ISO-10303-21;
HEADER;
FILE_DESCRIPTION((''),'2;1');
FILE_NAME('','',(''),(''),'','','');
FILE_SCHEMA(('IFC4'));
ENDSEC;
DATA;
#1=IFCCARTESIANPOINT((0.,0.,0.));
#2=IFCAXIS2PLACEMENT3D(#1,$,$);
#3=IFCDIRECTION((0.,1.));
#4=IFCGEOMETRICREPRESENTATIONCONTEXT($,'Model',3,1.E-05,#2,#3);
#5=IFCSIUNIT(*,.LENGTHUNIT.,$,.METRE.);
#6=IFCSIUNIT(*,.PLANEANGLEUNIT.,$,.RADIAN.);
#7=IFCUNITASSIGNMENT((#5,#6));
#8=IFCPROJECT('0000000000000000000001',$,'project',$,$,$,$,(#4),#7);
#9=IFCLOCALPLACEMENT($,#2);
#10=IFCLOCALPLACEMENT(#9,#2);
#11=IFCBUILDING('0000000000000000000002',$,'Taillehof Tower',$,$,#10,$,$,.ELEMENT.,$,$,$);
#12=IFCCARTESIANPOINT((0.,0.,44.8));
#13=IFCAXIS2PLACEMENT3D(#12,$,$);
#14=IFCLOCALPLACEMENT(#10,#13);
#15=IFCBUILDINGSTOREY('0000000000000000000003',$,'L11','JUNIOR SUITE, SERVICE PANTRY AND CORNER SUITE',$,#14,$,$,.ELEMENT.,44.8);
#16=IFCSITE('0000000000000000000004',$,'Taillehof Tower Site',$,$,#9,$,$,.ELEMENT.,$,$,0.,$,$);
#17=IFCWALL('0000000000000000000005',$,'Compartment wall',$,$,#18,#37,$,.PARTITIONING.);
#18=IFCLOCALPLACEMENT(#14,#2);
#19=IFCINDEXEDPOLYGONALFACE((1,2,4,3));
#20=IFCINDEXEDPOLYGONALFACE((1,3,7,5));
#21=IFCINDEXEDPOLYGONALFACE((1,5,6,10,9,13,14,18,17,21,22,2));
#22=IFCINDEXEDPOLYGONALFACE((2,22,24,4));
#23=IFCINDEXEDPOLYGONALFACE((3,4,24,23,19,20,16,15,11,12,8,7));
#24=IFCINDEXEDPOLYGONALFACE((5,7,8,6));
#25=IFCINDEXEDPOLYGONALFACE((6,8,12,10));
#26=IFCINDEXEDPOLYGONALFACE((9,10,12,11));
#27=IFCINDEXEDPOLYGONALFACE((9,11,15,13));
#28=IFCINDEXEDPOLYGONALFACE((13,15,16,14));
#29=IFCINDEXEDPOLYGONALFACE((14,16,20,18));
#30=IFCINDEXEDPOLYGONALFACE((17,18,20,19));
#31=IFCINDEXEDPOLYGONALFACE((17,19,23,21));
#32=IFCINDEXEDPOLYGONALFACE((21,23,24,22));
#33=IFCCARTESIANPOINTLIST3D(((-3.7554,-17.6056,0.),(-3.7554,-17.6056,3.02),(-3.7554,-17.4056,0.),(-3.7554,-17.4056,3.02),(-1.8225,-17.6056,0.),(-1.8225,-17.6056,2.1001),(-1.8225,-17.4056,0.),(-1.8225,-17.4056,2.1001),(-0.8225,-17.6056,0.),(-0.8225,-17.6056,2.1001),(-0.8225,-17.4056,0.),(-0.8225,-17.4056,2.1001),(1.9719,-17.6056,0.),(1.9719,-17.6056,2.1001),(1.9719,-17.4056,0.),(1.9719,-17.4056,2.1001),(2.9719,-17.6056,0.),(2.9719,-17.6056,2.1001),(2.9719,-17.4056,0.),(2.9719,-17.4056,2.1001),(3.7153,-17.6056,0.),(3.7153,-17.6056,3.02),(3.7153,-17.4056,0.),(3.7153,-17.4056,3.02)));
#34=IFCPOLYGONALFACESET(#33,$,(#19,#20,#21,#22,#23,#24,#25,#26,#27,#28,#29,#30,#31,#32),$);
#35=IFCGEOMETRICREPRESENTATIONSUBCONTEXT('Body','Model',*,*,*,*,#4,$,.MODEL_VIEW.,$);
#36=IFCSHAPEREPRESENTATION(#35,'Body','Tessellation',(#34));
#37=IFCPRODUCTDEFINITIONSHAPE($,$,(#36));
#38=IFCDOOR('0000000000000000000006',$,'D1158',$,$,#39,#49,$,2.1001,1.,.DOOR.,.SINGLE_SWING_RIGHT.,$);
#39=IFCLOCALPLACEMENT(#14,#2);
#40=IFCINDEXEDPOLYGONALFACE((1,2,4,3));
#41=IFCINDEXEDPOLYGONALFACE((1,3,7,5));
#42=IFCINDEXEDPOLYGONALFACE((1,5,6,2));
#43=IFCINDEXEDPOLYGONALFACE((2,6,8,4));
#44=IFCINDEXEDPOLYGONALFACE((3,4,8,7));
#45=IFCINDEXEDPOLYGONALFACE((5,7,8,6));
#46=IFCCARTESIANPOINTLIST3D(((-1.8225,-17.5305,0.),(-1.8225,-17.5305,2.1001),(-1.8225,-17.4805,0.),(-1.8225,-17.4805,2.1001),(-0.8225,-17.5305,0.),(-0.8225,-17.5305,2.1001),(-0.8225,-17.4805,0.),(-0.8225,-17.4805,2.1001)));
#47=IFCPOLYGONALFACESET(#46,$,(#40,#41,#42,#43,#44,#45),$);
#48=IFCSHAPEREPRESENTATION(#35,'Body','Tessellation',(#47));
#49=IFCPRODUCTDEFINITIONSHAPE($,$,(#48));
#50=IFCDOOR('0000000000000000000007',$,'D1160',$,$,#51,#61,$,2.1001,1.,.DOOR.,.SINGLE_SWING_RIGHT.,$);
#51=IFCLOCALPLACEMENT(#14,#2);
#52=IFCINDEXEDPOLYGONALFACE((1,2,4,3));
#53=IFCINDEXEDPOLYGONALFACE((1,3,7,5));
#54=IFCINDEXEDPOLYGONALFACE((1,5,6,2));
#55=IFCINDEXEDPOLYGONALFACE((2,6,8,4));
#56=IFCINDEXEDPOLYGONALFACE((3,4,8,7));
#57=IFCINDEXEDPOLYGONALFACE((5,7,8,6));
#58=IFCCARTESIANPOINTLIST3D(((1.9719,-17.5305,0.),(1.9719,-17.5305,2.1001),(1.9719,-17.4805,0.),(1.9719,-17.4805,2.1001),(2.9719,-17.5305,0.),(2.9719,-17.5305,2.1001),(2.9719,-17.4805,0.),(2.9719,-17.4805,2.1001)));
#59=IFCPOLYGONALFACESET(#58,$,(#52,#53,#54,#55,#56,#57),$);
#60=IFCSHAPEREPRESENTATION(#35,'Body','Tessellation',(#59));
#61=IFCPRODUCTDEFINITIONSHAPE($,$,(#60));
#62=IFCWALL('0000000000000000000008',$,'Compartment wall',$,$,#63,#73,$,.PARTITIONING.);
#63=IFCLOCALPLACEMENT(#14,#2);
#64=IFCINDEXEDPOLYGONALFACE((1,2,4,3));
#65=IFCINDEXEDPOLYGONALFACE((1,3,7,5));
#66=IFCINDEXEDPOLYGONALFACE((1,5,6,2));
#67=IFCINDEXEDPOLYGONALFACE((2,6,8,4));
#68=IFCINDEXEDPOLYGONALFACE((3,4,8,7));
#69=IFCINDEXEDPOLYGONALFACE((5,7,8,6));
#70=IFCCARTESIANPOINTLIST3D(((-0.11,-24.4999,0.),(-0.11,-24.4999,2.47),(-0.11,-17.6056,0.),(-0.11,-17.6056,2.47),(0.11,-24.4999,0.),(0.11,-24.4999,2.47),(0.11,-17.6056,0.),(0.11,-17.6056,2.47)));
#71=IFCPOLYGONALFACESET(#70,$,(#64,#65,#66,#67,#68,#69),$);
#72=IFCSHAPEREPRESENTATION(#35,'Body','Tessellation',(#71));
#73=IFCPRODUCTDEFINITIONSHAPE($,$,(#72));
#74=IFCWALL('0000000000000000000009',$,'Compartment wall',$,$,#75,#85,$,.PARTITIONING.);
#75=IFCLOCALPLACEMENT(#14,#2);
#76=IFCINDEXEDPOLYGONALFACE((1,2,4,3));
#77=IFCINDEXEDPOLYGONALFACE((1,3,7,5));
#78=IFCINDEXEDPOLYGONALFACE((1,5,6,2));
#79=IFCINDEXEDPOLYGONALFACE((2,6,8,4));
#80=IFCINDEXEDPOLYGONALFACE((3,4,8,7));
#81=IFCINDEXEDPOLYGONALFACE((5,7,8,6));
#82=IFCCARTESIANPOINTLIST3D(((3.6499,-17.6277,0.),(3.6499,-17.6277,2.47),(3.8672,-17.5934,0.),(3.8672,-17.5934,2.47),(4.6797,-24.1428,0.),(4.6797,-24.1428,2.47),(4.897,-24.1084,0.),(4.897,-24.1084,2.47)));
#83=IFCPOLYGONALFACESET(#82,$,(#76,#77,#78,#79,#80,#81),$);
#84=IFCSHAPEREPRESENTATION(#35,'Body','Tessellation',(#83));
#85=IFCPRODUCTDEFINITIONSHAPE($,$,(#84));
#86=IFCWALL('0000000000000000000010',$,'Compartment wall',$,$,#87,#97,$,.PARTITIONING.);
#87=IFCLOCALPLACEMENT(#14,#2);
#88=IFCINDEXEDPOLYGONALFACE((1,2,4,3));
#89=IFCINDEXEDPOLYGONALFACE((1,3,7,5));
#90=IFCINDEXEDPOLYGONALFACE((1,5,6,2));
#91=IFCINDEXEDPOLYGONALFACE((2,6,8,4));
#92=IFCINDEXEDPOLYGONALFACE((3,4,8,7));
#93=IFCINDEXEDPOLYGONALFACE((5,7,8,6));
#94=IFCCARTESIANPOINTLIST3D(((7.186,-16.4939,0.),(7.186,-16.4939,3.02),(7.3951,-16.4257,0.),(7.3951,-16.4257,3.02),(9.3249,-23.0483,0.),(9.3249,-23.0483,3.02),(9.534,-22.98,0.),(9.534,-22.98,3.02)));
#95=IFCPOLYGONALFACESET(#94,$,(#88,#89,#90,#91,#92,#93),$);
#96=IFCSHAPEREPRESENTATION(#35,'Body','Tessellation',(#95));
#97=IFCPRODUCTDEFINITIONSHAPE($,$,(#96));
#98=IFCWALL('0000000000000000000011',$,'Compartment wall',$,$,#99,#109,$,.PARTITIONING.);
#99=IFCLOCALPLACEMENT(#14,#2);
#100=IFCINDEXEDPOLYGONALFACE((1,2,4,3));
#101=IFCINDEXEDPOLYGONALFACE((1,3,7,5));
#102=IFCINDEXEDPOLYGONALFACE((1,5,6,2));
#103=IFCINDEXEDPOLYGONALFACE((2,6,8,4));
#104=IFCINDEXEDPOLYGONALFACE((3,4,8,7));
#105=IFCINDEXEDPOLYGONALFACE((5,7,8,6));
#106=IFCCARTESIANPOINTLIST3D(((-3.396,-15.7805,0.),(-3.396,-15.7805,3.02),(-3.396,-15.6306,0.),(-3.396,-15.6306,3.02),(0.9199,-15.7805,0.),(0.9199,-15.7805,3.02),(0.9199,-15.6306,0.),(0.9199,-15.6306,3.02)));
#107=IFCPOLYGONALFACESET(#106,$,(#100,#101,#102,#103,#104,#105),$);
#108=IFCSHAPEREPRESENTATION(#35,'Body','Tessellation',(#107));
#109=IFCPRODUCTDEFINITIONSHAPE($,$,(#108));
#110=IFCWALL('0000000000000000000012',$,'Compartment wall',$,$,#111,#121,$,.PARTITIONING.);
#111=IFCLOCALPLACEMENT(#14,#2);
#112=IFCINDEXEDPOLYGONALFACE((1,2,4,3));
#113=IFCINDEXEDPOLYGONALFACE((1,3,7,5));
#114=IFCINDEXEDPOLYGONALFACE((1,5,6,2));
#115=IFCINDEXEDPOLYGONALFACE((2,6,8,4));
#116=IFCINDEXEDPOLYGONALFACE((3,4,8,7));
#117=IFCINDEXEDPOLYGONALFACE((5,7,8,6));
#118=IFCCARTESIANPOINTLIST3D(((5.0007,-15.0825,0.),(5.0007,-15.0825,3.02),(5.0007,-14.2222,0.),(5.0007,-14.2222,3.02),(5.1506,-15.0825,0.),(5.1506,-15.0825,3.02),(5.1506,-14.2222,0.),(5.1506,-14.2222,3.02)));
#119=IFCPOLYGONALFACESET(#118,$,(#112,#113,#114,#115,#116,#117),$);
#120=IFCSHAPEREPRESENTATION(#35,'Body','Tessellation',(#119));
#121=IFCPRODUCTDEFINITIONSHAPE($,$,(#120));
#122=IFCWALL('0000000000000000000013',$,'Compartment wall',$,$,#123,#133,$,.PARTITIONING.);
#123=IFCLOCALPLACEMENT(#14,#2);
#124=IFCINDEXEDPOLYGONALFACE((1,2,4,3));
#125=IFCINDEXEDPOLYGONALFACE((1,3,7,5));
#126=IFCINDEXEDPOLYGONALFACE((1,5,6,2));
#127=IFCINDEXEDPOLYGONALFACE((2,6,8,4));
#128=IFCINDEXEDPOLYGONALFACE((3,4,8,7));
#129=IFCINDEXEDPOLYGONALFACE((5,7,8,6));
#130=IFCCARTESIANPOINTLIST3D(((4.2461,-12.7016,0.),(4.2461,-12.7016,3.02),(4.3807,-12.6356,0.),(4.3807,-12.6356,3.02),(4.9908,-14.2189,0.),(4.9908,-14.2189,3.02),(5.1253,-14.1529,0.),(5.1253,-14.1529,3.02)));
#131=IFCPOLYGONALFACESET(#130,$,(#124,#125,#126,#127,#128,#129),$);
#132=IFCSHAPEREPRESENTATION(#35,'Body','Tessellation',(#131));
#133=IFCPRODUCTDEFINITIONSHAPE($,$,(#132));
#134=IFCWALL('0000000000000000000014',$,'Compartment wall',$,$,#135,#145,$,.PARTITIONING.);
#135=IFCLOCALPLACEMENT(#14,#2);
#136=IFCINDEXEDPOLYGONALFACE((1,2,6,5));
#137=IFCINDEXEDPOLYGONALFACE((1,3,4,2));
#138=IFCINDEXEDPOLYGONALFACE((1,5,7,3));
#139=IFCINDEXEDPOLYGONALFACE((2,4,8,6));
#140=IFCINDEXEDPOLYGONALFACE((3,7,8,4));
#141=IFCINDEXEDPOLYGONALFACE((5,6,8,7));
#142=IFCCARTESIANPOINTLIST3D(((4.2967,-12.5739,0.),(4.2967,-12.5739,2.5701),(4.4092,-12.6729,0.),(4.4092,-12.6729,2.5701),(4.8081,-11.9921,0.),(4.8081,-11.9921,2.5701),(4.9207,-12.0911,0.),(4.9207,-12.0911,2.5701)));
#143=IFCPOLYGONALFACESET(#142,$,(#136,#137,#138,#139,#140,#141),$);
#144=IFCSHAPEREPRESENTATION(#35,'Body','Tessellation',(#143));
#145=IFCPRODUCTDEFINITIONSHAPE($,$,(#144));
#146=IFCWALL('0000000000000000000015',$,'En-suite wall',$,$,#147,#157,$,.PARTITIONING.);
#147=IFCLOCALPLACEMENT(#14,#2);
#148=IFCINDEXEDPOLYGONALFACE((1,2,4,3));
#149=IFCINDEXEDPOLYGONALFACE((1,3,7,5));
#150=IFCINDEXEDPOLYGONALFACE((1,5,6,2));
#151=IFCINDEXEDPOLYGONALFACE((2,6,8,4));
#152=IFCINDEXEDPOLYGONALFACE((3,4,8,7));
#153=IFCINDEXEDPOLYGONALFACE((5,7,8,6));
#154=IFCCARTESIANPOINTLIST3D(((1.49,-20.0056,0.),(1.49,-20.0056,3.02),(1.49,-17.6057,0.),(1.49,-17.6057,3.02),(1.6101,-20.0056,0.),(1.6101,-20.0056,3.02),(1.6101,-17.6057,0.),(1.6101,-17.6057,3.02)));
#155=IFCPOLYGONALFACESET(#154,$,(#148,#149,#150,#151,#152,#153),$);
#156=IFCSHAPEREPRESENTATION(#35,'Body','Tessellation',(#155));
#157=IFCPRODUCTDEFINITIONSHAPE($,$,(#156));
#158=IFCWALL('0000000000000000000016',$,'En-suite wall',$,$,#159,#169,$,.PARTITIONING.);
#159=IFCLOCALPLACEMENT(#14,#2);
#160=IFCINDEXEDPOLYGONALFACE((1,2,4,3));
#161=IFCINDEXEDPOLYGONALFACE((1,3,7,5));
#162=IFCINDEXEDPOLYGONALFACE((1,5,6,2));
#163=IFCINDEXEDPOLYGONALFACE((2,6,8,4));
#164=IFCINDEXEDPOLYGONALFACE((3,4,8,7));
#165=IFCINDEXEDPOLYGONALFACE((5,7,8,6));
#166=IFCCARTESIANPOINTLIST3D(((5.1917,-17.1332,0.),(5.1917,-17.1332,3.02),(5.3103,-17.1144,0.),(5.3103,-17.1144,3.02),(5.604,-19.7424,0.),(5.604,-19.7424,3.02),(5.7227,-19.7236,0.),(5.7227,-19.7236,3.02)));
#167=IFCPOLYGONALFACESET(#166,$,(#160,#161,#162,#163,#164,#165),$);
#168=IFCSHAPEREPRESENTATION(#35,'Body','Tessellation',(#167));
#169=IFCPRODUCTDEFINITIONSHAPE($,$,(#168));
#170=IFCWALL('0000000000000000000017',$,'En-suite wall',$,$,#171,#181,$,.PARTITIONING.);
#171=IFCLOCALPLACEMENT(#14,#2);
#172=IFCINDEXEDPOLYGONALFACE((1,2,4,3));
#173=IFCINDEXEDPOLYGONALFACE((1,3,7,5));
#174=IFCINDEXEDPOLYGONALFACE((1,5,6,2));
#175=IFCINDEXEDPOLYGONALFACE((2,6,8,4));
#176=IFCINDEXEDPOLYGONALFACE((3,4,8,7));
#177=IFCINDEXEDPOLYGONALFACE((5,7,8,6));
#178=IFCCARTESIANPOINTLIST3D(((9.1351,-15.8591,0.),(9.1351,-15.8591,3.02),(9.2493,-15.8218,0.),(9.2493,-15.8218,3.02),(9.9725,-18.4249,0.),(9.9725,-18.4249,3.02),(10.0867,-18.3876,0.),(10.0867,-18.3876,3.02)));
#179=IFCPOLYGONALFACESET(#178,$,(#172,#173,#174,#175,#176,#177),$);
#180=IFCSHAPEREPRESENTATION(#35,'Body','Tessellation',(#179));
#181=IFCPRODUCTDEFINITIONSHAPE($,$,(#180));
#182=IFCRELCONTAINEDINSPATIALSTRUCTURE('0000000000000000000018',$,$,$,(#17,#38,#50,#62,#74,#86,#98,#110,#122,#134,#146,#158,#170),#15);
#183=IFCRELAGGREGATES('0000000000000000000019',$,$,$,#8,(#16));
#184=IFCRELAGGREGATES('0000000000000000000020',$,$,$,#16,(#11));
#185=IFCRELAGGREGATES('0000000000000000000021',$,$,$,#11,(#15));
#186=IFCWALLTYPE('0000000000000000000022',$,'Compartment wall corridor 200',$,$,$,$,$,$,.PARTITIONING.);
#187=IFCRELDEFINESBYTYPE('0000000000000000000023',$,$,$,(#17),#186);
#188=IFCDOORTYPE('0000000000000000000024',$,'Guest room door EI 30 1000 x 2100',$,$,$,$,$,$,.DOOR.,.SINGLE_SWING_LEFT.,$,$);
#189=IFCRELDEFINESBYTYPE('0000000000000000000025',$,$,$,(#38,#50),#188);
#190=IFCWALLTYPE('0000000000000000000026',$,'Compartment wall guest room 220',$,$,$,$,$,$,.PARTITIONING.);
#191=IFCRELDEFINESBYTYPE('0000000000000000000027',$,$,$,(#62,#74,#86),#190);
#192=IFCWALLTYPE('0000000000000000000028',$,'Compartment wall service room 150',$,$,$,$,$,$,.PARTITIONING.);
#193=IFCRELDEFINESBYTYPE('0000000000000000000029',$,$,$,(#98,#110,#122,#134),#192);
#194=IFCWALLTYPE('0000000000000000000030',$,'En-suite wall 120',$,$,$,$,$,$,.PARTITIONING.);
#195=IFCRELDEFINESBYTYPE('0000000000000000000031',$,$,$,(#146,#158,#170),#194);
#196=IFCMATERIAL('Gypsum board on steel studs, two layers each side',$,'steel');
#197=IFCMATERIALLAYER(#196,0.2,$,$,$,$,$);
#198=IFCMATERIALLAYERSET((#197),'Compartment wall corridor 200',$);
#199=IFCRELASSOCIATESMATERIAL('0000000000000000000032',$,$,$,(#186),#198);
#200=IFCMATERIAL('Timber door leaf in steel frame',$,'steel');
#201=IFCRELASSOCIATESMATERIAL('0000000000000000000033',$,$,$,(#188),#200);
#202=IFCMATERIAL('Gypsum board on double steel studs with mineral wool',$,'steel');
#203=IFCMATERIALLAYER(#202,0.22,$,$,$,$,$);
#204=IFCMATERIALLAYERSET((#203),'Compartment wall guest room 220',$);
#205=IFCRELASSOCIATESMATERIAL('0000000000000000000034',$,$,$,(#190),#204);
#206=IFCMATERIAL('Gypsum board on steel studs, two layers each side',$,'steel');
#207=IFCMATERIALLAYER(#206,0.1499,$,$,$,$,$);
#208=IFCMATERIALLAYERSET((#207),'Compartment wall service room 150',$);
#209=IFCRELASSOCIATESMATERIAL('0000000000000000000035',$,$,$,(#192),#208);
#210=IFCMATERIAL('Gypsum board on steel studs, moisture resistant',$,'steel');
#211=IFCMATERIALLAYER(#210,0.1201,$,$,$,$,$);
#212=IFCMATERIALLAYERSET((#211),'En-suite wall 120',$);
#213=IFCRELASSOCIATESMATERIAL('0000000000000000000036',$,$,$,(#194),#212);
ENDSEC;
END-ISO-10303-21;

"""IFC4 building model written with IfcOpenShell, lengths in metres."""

from ifc_helpers import new_model, si_unit, direction, frame, frame_2d, origin, place, context, subcontext, project, spatial, rectangle, extrude, material, layer, layer_set, type_object, element, fill, save


model = new_model("IFC4")

# Units and contexts
model_context = context("Model", 3, precision=1e-05, world=origin(), true_north=direction((0.0, 1.0)))
body_context = subcontext(model_context, "Body", "Model", "MODEL_VIEW")
ifc_project = project(units=[si_unit("LENGTHUNIT", "METRE"), si_unit("PLANEANGLEUNIT", "RADIAN")], contexts=[model_context])

# Site, building, storey
site_placement = place(None, origin())
site = spatial("IfcSite", under=ifc_project, at=site_placement, Name="Taillehof Tower Site", CompositionType="ELEMENT", RefElevation=0.0)
building_placement = place(site_placement, origin())
building = spatial("IfcBuilding", under=site, at=building_placement, Name="Taillehof Tower", CompositionType="ELEMENT")
storey_placement = place(building_placement, frame((0.0, 0.0, 44.8)))
storey = spatial("IfcBuildingStorey", under=building, at=storey_placement, Name="L11", Description="JUNIOR SUITE, SERVICE PANTRY AND CORNER SUITE", CompositionType="ELEMENT", Elevation=44.8)

# Wall, openings, doors
ifc_material_1 = material(Name="Gypsum board on steel studs, two layers each side", Category="steel")
ifc_layer_1 = layer(ifc_material_1, 0.2)
ifc_layer_set_1 = layer_set([ifc_layer_1], Name="Compartment wall corridor 200")
wall_type_1 = type_object("IfcWallType", Name="Compartment wall corridor 200", PredefinedType="PARTITIONING", material=ifc_layer_set_1)
wall_1_placement = place(storey_placement, frame((3.7153, -17.5056, 0.0), z_axis=(0.0, 0.0, 1.0), x_axis=(-1.0, 0.0, 0.0)))
wall_1 = element("IfcWall", 1, at=wall_1_placement, inside=storey, type_object=wall_type_1, Name="Compartment wall", PredefinedType="PARTITIONING", context=body_context, shape_type="SweptSolid", body=[
    extrude(rectangle(XDim=7.4707, YDim=0.2, at=frame_2d((3.7354, 0.0))), origin(), (0.0, 0.0, 1.0), 3.02),
])
opening_1_placement = place(wall_1_placement, frame((4.5378, 0.0, 0.0)))
opening_1 = element("IfcOpeningElement", 2, at=opening_1_placement, cuts=wall_1, PredefinedType="OPENING", context=body_context, shape_type="SweptSolid", body=[
    extrude(rectangle(XDim=1.0, YDim=2.1001, at=frame_2d((0.5, 1.05))), frame((0.0, 0.1099, 0.0), z_axis=(0.0, -1.0, 0.0), x_axis=(1.0, 0.0, 0.0)), (0.0, 0.0, 1.0), 0.22),
])
opening_2_placement = place(wall_1_placement, frame((0.7434, 0.0, 0.0)))
opening_2 = element("IfcOpeningElement", 3, at=opening_2_placement, cuts=wall_1, PredefinedType="OPENING", context=body_context, shape_type="SweptSolid", body=[
    extrude(rectangle(XDim=1.0, YDim=2.1001, at=frame_2d((0.5, 1.05))), frame((0.0, 0.1099, 0.0), z_axis=(0.0, -1.0, 0.0), x_axis=(1.0, 0.0, 0.0)), (0.0, 0.0, 1.0), 0.22),
])
ifc_material_2 = material(Name="Timber door leaf in steel frame", Category="steel")
door_type_1 = type_object("IfcDoorType", Name="Guest room door EI 30 1000 x 2100", OperationType="SINGLE_SWING_LEFT", PredefinedType="DOOR", material=ifc_material_2)
door_1_placement = place(opening_1_placement, origin())
door_1 = element("IfcDoor", 4, at=door_1_placement, inside=storey, type_object=door_type_1, Name="D1158", OperationType="SINGLE_SWING_RIGHT", OverallHeight=2.1001, OverallWidth=1.0, PredefinedType="DOOR", context=body_context, shape_type="SweptSolid", body=[
    extrude(rectangle(XDim=1.0, YDim=2.1001, at=frame_2d((0.5, 1.05))), frame((0.0, 0.0249, 0.0), z_axis=(0.0, -1.0, 0.0), x_axis=(1.0, 0.0, 0.0)), (0.0, 0.0, 1.0), 0.05),
])
fill(opening_1, door_1)
door_2_placement = place(opening_2_placement, origin())
door_2 = element("IfcDoor", 5, at=door_2_placement, inside=storey, type_object=door_type_1, Name="D1160", OperationType="SINGLE_SWING_RIGHT", OverallHeight=2.1001, OverallWidth=1.0, PredefinedType="DOOR", context=body_context, shape_type="SweptSolid", body=[
    extrude(rectangle(XDim=1.0, YDim=2.1001, at=frame_2d((0.5, 1.05))), frame((0.0, 0.0249, 0.0), z_axis=(0.0, -1.0, 0.0), x_axis=(1.0, 0.0, 0.0)), (0.0, 0.0, 1.0), 0.05),
])
fill(opening_2, door_2)

# Walls
ifc_material_3 = material(Name="Gypsum board on double steel studs with mineral wool", Category="steel")
ifc_layer_2 = layer(ifc_material_3, 0.22)
ifc_layer_set_2 = layer_set([ifc_layer_2], Name="Compartment wall guest room 220")
wall_type_2 = type_object("IfcWallType", Name="Compartment wall guest room 220", PredefinedType="PARTITIONING", material=ifc_layer_set_2)
wall_2_placement = place(storey_placement, frame((0.0, -24.5, 0.0), z_axis=(0.0, 0.0, 1.0), x_axis=(0.0, 1.0, 0.0)))
element("IfcWall", 6, at=wall_2_placement, inside=storey, type_object=wall_type_2, Name="Compartment wall", PredefinedType="PARTITIONING", context=body_context, shape_type="SweptSolid", body=[
    extrude(rectangle(XDim=6.8943, YDim=0.22, at=frame_2d((3.4473, 0.0))), origin(), (0.0, 0.0, 1.0), 2.47),
])
wall_3_placement = place(storey_placement, frame((4.7883, -24.1255, 0.0), z_axis=(0.0, 0.0, 1.0), x_axis=(-0.156122, 0.987738, 0.0)))
element("IfcWall", 7, at=wall_3_placement, inside=storey, type_object=wall_type_2, Name="Compartment wall", PredefinedType="PARTITIONING", context=body_context, shape_type="SweptSolid", body=[
    extrude(rectangle(XDim=6.5959, YDim=0.22, at=frame_2d((3.2979, 0.0))), origin(), (0.0, 0.0, 1.0), 2.47),
])
wall_4_placement = place(storey_placement, frame((9.4294, -23.0142, 0.0), z_axis=(0.0, 0.0, 1.0), x_axis=(-0.31023, 0.950662, 0.0)))
element("IfcWall", 8, at=wall_4_placement, inside=storey, type_object=wall_type_2, Name="Compartment wall", PredefinedType="PARTITIONING", context=body_context, shape_type="SweptSolid", body=[
    extrude(rectangle(XDim=6.8945, YDim=0.22, at=frame_2d((3.4473, 0.0))), origin(), (0.0, 0.0, 1.0), 3.02),
])
ifc_material_4 = material(Name="Gypsum board on steel studs, two layers each side", Category="steel")
ifc_layer_3 = layer(ifc_material_4, 0.1499)
ifc_layer_set_3 = layer_set([ifc_layer_3], Name="Compartment wall service room 150")
wall_type_3 = type_object("IfcWallType", Name="Compartment wall service room 150", PredefinedType="PARTITIONING", material=ifc_layer_set_3)
wall_5_placement = place(storey_placement, frame((0.9199, -15.7056, 0.0), z_axis=(0.0, 0.0, 1.0), x_axis=(-1.0, 0.0, 0.0)))
element("IfcWall", 9, at=wall_5_placement, inside=storey, type_object=wall_type_3, Name="Compartment wall", PredefinedType="PARTITIONING", context=body_context, shape_type="SweptSolid", body=[
    extrude(rectangle(XDim=4.3159, YDim=0.1499, at=frame_2d((2.158, 0.0))), origin(), (0.0, 0.0, 1.0), 3.02),
])
wall_6_placement = place(storey_placement, frame((5.0757, -15.0825, 0.0), z_axis=(0.0, 0.0, 1.0), x_axis=(0.0, 1.0, 0.0)))
element("IfcWall", 10, at=wall_6_placement, inside=storey, type_object=wall_type_3, Name="Compartment wall", PredefinedType="PARTITIONING", context=body_context, shape_type="SweptSolid", body=[
    extrude(rectangle(XDim=0.8604, YDim=0.1499, at=frame_2d((0.4302, 0.0))), origin(), (0.0, 0.0, 1.0), 3.02),
])
wall_7_placement = place(storey_placement, frame((5.0581, -14.186, 0.0), z_axis=(0.0, 0.0, 1.0), x_axis=(-0.440557, 0.897725, 0.0)))
element("IfcWall", 11, at=wall_7_placement, inside=storey, type_object=wall_type_3, Name="Compartment wall", PredefinedType="PARTITIONING", context=body_context, shape_type="SweptSolid", body=[
    extrude(rectangle(XDim=1.6902, YDim=0.1499, at=frame_2d((0.8452, 0.0))), origin(), (0.0, 0.0, 1.0), 3.02),
])
wall_8_placement = place(storey_placement, frame((4.353, -12.6233, 0.0), z_axis=(0.0, 0.0, 1.0), x_axis=(0.660265, 0.751032, 0.0)))
element("IfcWall", 12, at=wall_8_placement, inside=storey, type_object=wall_type_3, Name="Compartment wall", PredefinedType="PARTITIONING", context=body_context, shape_type="SweptSolid", body=[
    extrude(rectangle(XDim=0.7747, YDim=0.1499, at=frame_2d((0.3872, 0.0))), origin(), (0.0, 0.0, 1.0), 2.5701),
])
ifc_material_5 = material(Name="Gypsum board on steel studs, moisture resistant", Category="steel")
ifc_layer_4 = layer(ifc_material_5, 0.1201)
ifc_layer_set_4 = layer_set([ifc_layer_4], Name="En-suite wall 120")
wall_type_4 = type_object("IfcWallType", Name="En-suite wall 120", PredefinedType="PARTITIONING", material=ifc_layer_set_4)
wall_9_placement = place(storey_placement, frame((1.55, -17.6057, 0.0), z_axis=(0.0, 0.0, 1.0), x_axis=(0.0, -1.0, 0.0)))
element("IfcWall", 13, at=wall_9_placement, inside=storey, type_object=wall_type_4, Name="En-suite wall", PredefinedType="PARTITIONING", context=body_context, shape_type="SweptSolid", body=[
    extrude(rectangle(XDim=2.3999, YDim=0.1201, at=frame_2d((1.2, 0.0))), origin(), (0.0, 0.0, 1.0), 3.02),
])
wall_10_placement = place(storey_placement, frame((5.251, -17.1238, 0.0), z_axis=(0.0, 0.0, 1.0), x_axis=(0.156105, -0.98774, 0.0)))
element("IfcWall", 14, at=wall_10_placement, inside=storey, type_object=wall_type_4, Name="En-suite wall", PredefinedType="PARTITIONING", context=body_context, shape_type="SweptSolid", body=[
    extrude(rectangle(XDim=2.6416, YDim=0.1201, at=frame_2d((1.3208, 0.0))), origin(), (0.0, 0.0, 1.0), 3.02),
])
wall_11_placement = place(storey_placement, frame((9.1921, -15.8403, 0.0), z_axis=(0.0, 0.0, 1.0), x_axis=(0.310278, -0.950646, 0.0)))
element("IfcWall", 15, at=wall_11_placement, inside=storey, type_object=wall_type_4, Name="En-suite wall", PredefinedType="PARTITIONING", context=body_context, shape_type="SweptSolid", body=[
    extrude(rectangle(XDim=2.699, YDim=0.1201, at=frame_2d((1.3496, 0.0))), origin(), (0.0, 0.0, 1.0), 3.02),
])

save(model, "model.ifc")
